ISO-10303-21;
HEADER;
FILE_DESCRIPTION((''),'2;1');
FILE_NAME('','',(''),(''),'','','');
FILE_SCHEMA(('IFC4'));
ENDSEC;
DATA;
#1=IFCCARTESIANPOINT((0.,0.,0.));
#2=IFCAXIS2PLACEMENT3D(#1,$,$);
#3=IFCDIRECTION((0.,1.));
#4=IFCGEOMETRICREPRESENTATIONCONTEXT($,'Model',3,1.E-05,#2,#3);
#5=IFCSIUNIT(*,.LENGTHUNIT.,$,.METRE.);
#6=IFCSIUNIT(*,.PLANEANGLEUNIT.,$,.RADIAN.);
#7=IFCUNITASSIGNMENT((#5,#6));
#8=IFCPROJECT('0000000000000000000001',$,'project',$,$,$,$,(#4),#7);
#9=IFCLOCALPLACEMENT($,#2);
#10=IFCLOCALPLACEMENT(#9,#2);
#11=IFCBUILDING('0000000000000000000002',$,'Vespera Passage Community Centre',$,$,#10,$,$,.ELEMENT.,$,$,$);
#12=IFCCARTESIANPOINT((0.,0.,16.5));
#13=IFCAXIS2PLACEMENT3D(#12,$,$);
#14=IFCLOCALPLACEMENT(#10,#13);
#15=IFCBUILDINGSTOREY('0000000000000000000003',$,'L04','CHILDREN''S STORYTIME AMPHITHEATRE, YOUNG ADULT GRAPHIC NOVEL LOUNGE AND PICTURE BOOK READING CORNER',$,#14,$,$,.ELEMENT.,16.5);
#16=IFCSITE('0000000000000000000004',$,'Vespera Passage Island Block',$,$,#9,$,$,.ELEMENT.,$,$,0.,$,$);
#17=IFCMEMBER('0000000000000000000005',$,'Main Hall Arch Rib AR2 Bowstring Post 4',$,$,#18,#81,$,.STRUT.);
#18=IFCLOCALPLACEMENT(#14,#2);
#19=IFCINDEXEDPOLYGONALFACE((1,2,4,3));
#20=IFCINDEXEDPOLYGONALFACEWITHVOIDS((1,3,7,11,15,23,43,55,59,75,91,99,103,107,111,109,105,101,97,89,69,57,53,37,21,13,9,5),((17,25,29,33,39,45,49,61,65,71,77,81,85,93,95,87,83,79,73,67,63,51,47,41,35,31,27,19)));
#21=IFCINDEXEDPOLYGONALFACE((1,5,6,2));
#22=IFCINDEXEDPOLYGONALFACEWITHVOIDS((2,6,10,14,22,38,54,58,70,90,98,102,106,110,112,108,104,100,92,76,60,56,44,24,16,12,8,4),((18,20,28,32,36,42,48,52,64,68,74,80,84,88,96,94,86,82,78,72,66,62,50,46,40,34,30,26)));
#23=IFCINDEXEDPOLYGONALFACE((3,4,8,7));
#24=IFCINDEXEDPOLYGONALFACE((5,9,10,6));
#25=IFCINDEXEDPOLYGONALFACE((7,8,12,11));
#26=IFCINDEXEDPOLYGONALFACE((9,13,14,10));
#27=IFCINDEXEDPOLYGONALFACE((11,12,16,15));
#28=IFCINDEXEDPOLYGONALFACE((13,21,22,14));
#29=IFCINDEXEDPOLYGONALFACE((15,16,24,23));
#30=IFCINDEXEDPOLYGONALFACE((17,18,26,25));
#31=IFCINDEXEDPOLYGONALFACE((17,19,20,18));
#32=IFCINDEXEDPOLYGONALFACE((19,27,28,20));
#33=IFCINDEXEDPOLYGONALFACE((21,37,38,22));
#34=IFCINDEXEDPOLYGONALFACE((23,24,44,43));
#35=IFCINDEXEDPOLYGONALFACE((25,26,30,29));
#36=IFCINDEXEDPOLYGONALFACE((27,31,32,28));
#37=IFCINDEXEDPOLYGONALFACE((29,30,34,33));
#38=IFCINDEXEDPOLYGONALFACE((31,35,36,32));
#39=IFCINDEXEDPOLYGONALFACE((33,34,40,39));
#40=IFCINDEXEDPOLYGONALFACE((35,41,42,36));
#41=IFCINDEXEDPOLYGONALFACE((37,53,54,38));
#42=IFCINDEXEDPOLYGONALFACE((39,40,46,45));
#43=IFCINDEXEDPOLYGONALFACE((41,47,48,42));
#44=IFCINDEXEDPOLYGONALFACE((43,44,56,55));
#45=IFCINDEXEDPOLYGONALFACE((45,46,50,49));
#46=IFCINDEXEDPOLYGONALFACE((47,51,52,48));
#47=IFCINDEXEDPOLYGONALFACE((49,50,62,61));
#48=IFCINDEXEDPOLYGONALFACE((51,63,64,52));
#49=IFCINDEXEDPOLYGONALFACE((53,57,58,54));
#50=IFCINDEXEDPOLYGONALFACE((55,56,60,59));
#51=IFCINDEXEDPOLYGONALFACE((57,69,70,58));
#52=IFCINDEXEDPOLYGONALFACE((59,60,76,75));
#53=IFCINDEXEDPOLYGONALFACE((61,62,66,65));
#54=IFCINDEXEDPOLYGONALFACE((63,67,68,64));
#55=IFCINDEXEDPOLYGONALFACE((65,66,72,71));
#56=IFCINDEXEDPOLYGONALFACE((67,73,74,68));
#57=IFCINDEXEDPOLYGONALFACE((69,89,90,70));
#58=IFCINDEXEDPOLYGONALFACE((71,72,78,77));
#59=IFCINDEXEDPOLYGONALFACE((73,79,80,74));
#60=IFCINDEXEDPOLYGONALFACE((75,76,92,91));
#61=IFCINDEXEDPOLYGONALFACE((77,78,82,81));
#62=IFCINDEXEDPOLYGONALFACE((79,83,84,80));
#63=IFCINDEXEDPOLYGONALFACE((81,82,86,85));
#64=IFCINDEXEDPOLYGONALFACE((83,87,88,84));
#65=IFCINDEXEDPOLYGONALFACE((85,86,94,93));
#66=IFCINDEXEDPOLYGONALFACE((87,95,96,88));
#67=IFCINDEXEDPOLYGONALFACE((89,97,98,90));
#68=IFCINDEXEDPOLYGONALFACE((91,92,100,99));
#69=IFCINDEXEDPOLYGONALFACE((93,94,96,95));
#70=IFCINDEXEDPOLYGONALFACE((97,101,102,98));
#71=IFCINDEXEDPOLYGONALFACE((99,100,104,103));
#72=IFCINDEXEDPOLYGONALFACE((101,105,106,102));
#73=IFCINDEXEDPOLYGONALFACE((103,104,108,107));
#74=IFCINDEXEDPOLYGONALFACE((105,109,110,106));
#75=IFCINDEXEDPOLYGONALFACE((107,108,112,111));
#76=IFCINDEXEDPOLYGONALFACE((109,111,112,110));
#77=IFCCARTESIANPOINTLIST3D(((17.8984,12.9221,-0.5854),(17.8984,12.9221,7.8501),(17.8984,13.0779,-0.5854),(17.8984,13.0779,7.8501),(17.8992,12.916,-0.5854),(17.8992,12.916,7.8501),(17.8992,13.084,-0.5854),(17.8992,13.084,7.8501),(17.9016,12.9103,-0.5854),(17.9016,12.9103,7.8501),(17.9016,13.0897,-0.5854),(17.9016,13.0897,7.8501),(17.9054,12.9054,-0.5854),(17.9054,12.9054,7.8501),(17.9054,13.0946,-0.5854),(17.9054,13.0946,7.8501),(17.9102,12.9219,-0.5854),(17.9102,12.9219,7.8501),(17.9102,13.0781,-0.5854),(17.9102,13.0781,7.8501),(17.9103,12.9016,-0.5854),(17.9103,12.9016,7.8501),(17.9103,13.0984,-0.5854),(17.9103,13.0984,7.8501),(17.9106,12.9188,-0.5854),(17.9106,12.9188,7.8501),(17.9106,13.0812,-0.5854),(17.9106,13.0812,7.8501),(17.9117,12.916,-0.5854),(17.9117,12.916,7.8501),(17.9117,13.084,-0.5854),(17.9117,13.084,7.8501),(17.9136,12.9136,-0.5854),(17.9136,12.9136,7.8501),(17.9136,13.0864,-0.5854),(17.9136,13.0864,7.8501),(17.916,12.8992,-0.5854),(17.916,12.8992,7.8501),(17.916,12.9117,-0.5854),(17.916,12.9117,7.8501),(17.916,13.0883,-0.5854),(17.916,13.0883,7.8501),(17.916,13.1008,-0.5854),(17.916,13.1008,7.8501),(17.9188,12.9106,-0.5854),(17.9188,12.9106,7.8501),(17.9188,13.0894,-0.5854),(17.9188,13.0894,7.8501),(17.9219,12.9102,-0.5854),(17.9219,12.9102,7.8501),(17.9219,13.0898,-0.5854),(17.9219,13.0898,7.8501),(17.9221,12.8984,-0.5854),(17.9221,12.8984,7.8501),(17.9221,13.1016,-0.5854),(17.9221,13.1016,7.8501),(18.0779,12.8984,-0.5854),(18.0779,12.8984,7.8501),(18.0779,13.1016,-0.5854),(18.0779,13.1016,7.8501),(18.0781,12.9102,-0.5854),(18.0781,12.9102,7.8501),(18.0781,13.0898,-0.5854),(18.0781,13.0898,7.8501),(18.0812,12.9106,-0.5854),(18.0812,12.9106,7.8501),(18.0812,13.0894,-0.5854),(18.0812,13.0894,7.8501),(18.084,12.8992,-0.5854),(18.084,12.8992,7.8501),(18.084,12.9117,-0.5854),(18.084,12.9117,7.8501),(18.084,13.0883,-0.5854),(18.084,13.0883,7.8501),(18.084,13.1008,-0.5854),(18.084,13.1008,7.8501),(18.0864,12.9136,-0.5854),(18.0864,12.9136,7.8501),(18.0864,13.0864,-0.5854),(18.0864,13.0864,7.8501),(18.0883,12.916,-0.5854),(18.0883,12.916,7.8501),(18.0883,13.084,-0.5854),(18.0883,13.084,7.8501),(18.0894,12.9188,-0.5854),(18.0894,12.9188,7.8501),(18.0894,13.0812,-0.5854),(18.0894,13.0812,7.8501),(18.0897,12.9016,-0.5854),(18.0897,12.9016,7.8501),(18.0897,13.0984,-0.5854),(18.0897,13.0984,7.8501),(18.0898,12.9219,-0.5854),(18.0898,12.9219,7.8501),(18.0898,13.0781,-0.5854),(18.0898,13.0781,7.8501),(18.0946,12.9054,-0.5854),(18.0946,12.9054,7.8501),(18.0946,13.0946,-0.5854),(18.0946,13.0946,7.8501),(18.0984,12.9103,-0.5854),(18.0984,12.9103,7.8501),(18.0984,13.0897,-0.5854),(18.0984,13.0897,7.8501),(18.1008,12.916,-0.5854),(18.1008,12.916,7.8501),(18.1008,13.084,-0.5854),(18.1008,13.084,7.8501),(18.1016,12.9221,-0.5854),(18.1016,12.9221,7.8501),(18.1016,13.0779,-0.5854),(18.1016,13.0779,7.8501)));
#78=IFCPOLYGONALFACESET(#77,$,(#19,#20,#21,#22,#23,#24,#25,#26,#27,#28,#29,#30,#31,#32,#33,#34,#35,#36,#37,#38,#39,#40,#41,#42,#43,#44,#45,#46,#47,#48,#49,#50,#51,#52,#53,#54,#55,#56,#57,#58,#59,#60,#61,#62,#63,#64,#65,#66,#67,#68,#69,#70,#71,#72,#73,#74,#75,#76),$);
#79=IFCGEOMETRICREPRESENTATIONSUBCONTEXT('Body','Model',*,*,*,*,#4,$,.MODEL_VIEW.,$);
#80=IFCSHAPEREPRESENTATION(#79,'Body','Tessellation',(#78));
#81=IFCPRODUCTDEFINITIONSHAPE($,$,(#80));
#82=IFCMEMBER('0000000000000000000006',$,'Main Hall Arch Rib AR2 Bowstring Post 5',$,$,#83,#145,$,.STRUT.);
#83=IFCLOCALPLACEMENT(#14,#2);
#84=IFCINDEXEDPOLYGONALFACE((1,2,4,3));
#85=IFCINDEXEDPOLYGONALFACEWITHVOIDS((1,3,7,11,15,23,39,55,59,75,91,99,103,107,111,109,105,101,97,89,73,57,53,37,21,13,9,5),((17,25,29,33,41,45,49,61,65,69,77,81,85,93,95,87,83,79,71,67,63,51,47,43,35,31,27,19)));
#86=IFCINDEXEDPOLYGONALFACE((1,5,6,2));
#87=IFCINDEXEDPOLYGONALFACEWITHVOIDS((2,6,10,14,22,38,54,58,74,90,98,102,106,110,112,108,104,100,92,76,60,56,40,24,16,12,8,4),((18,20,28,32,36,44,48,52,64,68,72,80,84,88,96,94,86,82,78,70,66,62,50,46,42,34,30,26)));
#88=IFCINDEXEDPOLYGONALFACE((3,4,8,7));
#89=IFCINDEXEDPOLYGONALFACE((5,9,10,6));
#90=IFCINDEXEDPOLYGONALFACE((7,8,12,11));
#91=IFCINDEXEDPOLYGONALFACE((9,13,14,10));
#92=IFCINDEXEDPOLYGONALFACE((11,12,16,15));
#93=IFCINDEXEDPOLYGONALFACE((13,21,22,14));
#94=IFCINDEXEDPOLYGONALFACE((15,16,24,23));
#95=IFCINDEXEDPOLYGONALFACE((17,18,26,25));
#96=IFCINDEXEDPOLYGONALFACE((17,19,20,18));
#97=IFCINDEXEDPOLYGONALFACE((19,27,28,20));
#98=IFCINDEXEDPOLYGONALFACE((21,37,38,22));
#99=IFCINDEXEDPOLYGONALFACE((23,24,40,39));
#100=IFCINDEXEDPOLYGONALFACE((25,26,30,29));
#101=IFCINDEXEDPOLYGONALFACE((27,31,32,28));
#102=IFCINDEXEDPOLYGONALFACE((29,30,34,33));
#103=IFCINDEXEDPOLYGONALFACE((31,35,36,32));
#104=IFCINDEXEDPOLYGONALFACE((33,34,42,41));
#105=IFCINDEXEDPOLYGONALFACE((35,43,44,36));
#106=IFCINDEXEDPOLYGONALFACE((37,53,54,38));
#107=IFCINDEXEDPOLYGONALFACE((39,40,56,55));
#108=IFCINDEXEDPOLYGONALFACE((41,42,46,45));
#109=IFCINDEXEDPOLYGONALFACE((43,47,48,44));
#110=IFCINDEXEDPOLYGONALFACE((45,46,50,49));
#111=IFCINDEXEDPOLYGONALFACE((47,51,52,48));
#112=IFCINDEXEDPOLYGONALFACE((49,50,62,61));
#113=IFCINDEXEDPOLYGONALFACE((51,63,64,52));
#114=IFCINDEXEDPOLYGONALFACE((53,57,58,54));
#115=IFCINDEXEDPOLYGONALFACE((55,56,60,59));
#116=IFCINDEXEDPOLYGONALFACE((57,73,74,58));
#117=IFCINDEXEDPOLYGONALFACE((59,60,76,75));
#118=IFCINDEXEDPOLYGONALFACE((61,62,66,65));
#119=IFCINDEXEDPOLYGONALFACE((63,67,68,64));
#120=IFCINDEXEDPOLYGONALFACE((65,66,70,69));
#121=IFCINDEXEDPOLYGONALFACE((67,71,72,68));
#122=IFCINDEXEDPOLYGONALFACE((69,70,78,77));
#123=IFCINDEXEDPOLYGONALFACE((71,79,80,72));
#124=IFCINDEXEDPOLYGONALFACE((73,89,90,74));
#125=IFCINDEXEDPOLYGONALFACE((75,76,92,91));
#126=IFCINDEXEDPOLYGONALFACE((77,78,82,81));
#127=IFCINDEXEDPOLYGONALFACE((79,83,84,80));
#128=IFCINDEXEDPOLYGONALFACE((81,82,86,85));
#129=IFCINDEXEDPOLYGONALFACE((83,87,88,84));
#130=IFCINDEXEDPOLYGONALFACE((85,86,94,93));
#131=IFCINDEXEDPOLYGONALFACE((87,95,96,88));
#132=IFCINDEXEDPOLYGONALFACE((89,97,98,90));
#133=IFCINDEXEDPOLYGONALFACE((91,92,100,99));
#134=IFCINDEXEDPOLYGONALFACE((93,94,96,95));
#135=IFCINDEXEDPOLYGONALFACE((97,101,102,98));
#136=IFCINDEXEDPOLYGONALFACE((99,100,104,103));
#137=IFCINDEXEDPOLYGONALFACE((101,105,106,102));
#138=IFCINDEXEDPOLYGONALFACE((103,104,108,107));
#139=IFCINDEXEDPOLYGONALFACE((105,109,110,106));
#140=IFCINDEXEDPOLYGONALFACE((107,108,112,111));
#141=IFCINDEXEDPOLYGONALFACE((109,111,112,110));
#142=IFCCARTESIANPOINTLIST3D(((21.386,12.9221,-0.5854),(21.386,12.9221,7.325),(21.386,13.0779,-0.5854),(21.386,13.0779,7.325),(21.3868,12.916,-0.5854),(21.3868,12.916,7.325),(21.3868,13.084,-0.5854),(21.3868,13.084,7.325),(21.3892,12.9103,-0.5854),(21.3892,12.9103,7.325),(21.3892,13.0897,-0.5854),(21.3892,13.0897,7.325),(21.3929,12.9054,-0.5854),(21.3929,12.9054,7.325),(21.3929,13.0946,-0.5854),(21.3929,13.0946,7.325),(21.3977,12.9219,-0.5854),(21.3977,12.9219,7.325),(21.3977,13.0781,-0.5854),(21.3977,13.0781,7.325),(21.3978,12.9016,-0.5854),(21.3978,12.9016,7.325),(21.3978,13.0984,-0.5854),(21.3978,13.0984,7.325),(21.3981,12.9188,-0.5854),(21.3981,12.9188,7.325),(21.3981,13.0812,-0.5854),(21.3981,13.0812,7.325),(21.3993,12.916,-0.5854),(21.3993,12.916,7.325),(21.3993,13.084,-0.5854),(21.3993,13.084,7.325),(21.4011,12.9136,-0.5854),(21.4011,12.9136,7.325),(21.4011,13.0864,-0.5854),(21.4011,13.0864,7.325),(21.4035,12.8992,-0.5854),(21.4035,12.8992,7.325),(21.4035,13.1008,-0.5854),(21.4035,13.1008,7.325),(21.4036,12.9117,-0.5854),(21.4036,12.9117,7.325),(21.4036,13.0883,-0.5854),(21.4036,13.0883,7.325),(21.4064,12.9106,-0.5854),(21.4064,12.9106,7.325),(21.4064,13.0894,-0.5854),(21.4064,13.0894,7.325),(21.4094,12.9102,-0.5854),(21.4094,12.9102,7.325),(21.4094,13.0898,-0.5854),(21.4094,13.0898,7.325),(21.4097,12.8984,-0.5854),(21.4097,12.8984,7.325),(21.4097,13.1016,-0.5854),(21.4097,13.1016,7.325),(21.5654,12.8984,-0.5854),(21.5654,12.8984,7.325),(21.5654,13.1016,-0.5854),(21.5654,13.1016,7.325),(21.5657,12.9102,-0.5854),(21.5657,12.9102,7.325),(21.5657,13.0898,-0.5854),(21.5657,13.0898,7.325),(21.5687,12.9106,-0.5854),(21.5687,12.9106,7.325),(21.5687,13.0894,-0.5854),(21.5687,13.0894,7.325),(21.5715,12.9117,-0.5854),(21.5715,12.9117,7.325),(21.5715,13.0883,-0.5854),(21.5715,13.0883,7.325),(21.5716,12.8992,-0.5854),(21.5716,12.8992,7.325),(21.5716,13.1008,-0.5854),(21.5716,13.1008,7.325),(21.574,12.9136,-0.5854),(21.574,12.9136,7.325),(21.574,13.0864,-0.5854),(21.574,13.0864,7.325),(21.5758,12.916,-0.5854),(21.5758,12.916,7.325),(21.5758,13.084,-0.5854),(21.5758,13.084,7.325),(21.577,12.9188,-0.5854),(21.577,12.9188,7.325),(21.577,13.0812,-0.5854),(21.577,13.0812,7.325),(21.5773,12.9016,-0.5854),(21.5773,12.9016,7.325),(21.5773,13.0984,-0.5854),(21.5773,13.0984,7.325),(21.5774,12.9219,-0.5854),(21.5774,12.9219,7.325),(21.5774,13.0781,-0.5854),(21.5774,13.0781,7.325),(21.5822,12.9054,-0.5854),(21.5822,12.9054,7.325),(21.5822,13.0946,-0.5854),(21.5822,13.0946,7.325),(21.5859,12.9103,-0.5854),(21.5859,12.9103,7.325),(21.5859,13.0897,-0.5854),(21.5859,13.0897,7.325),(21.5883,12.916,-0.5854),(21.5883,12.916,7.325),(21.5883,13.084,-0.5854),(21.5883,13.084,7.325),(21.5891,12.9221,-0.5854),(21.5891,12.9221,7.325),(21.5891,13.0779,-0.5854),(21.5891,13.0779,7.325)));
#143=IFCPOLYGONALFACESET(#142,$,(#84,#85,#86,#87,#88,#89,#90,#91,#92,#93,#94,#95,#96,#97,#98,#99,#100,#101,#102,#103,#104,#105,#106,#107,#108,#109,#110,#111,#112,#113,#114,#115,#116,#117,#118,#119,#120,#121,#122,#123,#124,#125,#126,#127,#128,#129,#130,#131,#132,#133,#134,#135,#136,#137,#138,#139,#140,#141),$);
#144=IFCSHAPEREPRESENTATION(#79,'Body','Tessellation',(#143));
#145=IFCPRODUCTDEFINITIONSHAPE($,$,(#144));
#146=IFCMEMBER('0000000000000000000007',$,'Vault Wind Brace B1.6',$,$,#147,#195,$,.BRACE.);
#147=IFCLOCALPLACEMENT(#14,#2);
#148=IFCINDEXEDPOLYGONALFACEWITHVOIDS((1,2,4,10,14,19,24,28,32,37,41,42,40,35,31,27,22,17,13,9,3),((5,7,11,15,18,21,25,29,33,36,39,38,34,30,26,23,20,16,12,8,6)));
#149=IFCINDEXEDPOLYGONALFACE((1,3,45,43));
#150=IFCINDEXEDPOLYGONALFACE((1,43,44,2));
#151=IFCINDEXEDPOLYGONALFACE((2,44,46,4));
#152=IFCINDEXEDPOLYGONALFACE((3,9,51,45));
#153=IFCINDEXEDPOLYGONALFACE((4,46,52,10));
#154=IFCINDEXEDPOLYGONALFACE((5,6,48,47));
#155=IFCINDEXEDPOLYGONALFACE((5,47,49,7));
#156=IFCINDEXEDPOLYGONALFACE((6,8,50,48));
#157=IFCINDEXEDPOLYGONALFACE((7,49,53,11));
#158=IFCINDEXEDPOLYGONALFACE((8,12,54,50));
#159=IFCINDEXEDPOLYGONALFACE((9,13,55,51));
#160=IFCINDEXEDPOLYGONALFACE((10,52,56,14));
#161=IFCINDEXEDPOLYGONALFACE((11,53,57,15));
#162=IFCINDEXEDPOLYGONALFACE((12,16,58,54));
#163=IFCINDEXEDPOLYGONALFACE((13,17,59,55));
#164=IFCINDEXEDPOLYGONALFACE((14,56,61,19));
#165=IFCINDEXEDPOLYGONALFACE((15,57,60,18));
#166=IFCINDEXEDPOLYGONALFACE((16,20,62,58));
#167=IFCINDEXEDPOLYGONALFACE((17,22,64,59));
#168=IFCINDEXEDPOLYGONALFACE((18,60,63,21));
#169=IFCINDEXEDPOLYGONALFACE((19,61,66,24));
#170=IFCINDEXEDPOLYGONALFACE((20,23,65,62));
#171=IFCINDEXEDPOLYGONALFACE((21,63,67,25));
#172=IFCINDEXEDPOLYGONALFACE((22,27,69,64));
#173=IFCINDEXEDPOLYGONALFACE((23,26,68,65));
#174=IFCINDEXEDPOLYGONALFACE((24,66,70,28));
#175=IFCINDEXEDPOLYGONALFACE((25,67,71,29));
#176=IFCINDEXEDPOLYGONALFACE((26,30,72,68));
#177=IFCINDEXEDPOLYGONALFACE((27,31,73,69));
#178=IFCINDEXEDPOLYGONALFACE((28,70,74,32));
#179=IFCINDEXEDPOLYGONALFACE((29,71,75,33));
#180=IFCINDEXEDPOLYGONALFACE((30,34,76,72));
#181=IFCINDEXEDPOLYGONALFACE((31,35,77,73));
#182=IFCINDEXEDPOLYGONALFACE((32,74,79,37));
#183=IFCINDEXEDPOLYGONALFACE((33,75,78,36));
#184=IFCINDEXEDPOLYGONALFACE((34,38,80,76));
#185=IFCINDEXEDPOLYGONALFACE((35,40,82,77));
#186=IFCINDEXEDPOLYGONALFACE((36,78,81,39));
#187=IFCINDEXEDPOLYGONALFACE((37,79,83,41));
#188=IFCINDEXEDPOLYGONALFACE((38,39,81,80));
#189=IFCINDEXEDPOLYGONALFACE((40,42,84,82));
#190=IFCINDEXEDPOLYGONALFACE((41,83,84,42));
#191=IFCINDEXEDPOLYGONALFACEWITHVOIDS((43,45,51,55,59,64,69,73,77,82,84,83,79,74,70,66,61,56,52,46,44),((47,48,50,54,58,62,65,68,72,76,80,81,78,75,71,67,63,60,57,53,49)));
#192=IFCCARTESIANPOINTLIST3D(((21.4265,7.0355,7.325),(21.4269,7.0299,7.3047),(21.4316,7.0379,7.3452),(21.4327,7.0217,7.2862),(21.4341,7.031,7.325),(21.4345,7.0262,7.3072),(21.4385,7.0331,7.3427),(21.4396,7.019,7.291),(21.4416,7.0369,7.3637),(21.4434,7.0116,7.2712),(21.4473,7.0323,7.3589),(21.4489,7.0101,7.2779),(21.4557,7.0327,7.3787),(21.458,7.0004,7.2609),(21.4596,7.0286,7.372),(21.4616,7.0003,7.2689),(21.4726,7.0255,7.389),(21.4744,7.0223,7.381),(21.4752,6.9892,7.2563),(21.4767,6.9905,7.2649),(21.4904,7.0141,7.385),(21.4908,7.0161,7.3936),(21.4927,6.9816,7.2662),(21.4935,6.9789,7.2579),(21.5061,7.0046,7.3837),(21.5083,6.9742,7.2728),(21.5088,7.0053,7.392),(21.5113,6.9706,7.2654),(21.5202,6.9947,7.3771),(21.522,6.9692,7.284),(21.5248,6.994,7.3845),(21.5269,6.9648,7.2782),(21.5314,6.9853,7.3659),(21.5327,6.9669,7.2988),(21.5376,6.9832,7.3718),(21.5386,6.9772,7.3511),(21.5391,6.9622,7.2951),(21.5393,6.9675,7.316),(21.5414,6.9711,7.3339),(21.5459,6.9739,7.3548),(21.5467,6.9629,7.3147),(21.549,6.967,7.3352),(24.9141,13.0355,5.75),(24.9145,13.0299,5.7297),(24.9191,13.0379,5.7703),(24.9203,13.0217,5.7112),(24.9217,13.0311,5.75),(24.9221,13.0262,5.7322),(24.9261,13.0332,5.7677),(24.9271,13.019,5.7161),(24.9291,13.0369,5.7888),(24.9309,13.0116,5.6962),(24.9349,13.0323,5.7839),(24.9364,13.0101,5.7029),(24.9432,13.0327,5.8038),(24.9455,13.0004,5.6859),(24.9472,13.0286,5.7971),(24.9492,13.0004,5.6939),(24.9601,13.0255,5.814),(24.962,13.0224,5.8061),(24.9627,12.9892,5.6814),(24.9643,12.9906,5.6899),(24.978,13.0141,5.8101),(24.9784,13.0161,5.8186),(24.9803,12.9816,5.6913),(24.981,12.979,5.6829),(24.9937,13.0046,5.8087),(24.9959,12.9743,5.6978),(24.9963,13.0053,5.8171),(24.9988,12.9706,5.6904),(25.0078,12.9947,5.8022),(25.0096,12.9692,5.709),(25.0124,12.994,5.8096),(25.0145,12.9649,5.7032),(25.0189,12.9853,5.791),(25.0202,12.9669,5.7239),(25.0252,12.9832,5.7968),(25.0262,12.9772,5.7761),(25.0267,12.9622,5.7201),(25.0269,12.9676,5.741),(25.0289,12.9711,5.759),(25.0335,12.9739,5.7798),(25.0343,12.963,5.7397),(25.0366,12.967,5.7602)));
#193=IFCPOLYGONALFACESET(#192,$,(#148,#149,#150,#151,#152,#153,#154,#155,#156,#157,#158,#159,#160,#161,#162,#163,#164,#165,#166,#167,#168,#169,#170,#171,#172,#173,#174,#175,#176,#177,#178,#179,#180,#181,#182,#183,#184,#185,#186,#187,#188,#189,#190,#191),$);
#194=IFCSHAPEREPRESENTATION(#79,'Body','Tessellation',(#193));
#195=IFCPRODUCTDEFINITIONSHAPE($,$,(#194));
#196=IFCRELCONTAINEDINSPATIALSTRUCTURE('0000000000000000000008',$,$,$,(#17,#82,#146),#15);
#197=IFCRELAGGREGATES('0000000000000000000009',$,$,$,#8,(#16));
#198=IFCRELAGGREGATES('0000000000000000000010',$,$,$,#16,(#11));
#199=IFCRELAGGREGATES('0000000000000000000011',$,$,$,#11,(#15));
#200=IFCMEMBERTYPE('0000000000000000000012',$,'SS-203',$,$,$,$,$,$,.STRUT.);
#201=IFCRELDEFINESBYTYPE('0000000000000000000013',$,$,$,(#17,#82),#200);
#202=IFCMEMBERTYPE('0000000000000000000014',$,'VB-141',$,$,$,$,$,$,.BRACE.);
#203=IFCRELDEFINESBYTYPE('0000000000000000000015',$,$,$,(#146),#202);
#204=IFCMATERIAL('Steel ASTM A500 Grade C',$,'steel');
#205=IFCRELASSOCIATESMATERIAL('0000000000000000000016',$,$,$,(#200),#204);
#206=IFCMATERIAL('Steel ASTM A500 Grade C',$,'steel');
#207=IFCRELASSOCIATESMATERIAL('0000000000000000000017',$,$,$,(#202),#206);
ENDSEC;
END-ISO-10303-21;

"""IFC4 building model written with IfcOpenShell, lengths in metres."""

from ifc_helpers import new_model, si_unit, direction, frame, origin, origin_2d, place, context, subcontext, project, spatial, hollow_rectangle, hollow_circle, extrude, material, material_profile, profile_set, type_object, element, save


model = new_model("IFC4")

# Units and contexts
model_context = context("Model", 3, precision=1e-05, world=origin(), true_north=direction((0.0, 1.0)))
body_context = subcontext(model_context, "Body", "Model", "MODEL_VIEW")
ifc_project = project(units=[si_unit("LENGTHUNIT", "METRE"), si_unit("PLANEANGLEUNIT", "RADIAN")], contexts=[model_context])

# Site, building, storey
site_placement = place(None, origin())
site = spatial("IfcSite", under=ifc_project, at=site_placement, Name="Vespera Passage Island Block", CompositionType="ELEMENT", RefElevation=0.0)
building_placement = place(site_placement, origin())
building = spatial("IfcBuilding", under=site, at=building_placement, Name="Vespera Passage Community Centre", CompositionType="ELEMENT")
storey_placement = place(building_placement, frame((0.0, 0.0, 16.5)))
storey = spatial("IfcBuildingStorey", under=building, at=storey_placement, Name="L04", Description="CHILDREN'S STORYTIME AMPHITHEATRE, YOUNG ADULT GRAPHIC NOVEL LOUNGE AND PICTURE BOOK READING CORNER", CompositionType="ELEMENT", Elevation=16.5)

# Members
ifc_material_1 = material(Name="Steel ASTM A500 Grade C", Category="steel")
ifc_material_profile_1 = material_profile(ifc_material_1, hollow_rectangle(XDim=0.2031, YDim=0.2031, WallThickness=0.0117, InnerFilletRadius=0.0117, OuterFilletRadius=0.0237, at=origin_2d()), Name="HSS203X203X12.7")
ifc_profile_set_1 = profile_set([ifc_material_profile_1], Name="Steel ASTM A500 Grade C")
member_type_1 = type_object("IfcMemberType", Name="SS-203", PredefinedType="STRUT", material=ifc_profile_set_1)
member_1_placement = place(storey_placement, frame((18.0, 13.0, -0.5854), z_axis=(0.0, 0.0, 1.0), x_axis=(1.0, 0.0, 0.0)))
element("IfcMember", 1, at=member_1_placement, inside=storey, type_object=member_type_1, Name="Main Hall Arch Rib AR2 Bowstring Post 4", PredefinedType="STRUT", context=body_context, shape_type="SweptSolid", body=[
    extrude(hollow_rectangle(XDim=0.2031, YDim=0.2031, WallThickness=0.0117, InnerFilletRadius=0.0117, OuterFilletRadius=0.0237, at=origin_2d()), origin(), (0.0, 0.0, 1.0), 8.4355),
])
member_2_placement = place(storey_placement, frame((21.4875, 13.0, -0.5854), z_axis=(0.0, 0.0, 1.0), x_axis=(1.0, 0.0, 0.0)))
element("IfcMember", 2, at=member_2_placement, inside=storey, type_object=member_type_1, Name="Main Hall Arch Rib AR2 Bowstring Post 5", PredefinedType="STRUT", context=body_context, shape_type="SweptSolid", body=[
    extrude(hollow_rectangle(XDim=0.2031, YDim=0.2031, WallThickness=0.0117, InnerFilletRadius=0.0117, OuterFilletRadius=0.0237, at=origin_2d()), origin(), (0.0, 0.0, 1.0), 7.9104),
])
ifc_material_2 = material(Name="Steel ASTM A500 Grade C", Category="steel")
ifc_material_profile_2 = material_profile(ifc_material_2, hollow_circle(Radius=0.0706, WallThickness=0.0088, at=origin_2d()), Name="CHS141X9.5")
ifc_profile_set_2 = profile_set([ifc_material_profile_2], Name="Steel ASTM A500 Grade C")
member_type_2 = type_object("IfcMemberType", Name="VB-141", PredefinedType="BRACE", material=ifc_profile_set_2)
member_3_placement = place(storey_placement, frame((21.4875, 7.0, 7.325), z_axis=(0.490071, 0.84312, -0.221312), x_axis=(-0.864559, 0.502532, 0.0)))
element("IfcMember", 3, at=member_3_placement, inside=storey, type_object=member_type_2, Name="Vault Wind Brace B1.6", PredefinedType="BRACE", context=body_context, shape_type="SweptSolid", body=[
    extrude(hollow_circle(Radius=0.0706, WallThickness=0.0088, at=origin_2d()), origin(), (0.0, 0.0, 1.0), 7.1165),
])

save(model, "model.ifc")
